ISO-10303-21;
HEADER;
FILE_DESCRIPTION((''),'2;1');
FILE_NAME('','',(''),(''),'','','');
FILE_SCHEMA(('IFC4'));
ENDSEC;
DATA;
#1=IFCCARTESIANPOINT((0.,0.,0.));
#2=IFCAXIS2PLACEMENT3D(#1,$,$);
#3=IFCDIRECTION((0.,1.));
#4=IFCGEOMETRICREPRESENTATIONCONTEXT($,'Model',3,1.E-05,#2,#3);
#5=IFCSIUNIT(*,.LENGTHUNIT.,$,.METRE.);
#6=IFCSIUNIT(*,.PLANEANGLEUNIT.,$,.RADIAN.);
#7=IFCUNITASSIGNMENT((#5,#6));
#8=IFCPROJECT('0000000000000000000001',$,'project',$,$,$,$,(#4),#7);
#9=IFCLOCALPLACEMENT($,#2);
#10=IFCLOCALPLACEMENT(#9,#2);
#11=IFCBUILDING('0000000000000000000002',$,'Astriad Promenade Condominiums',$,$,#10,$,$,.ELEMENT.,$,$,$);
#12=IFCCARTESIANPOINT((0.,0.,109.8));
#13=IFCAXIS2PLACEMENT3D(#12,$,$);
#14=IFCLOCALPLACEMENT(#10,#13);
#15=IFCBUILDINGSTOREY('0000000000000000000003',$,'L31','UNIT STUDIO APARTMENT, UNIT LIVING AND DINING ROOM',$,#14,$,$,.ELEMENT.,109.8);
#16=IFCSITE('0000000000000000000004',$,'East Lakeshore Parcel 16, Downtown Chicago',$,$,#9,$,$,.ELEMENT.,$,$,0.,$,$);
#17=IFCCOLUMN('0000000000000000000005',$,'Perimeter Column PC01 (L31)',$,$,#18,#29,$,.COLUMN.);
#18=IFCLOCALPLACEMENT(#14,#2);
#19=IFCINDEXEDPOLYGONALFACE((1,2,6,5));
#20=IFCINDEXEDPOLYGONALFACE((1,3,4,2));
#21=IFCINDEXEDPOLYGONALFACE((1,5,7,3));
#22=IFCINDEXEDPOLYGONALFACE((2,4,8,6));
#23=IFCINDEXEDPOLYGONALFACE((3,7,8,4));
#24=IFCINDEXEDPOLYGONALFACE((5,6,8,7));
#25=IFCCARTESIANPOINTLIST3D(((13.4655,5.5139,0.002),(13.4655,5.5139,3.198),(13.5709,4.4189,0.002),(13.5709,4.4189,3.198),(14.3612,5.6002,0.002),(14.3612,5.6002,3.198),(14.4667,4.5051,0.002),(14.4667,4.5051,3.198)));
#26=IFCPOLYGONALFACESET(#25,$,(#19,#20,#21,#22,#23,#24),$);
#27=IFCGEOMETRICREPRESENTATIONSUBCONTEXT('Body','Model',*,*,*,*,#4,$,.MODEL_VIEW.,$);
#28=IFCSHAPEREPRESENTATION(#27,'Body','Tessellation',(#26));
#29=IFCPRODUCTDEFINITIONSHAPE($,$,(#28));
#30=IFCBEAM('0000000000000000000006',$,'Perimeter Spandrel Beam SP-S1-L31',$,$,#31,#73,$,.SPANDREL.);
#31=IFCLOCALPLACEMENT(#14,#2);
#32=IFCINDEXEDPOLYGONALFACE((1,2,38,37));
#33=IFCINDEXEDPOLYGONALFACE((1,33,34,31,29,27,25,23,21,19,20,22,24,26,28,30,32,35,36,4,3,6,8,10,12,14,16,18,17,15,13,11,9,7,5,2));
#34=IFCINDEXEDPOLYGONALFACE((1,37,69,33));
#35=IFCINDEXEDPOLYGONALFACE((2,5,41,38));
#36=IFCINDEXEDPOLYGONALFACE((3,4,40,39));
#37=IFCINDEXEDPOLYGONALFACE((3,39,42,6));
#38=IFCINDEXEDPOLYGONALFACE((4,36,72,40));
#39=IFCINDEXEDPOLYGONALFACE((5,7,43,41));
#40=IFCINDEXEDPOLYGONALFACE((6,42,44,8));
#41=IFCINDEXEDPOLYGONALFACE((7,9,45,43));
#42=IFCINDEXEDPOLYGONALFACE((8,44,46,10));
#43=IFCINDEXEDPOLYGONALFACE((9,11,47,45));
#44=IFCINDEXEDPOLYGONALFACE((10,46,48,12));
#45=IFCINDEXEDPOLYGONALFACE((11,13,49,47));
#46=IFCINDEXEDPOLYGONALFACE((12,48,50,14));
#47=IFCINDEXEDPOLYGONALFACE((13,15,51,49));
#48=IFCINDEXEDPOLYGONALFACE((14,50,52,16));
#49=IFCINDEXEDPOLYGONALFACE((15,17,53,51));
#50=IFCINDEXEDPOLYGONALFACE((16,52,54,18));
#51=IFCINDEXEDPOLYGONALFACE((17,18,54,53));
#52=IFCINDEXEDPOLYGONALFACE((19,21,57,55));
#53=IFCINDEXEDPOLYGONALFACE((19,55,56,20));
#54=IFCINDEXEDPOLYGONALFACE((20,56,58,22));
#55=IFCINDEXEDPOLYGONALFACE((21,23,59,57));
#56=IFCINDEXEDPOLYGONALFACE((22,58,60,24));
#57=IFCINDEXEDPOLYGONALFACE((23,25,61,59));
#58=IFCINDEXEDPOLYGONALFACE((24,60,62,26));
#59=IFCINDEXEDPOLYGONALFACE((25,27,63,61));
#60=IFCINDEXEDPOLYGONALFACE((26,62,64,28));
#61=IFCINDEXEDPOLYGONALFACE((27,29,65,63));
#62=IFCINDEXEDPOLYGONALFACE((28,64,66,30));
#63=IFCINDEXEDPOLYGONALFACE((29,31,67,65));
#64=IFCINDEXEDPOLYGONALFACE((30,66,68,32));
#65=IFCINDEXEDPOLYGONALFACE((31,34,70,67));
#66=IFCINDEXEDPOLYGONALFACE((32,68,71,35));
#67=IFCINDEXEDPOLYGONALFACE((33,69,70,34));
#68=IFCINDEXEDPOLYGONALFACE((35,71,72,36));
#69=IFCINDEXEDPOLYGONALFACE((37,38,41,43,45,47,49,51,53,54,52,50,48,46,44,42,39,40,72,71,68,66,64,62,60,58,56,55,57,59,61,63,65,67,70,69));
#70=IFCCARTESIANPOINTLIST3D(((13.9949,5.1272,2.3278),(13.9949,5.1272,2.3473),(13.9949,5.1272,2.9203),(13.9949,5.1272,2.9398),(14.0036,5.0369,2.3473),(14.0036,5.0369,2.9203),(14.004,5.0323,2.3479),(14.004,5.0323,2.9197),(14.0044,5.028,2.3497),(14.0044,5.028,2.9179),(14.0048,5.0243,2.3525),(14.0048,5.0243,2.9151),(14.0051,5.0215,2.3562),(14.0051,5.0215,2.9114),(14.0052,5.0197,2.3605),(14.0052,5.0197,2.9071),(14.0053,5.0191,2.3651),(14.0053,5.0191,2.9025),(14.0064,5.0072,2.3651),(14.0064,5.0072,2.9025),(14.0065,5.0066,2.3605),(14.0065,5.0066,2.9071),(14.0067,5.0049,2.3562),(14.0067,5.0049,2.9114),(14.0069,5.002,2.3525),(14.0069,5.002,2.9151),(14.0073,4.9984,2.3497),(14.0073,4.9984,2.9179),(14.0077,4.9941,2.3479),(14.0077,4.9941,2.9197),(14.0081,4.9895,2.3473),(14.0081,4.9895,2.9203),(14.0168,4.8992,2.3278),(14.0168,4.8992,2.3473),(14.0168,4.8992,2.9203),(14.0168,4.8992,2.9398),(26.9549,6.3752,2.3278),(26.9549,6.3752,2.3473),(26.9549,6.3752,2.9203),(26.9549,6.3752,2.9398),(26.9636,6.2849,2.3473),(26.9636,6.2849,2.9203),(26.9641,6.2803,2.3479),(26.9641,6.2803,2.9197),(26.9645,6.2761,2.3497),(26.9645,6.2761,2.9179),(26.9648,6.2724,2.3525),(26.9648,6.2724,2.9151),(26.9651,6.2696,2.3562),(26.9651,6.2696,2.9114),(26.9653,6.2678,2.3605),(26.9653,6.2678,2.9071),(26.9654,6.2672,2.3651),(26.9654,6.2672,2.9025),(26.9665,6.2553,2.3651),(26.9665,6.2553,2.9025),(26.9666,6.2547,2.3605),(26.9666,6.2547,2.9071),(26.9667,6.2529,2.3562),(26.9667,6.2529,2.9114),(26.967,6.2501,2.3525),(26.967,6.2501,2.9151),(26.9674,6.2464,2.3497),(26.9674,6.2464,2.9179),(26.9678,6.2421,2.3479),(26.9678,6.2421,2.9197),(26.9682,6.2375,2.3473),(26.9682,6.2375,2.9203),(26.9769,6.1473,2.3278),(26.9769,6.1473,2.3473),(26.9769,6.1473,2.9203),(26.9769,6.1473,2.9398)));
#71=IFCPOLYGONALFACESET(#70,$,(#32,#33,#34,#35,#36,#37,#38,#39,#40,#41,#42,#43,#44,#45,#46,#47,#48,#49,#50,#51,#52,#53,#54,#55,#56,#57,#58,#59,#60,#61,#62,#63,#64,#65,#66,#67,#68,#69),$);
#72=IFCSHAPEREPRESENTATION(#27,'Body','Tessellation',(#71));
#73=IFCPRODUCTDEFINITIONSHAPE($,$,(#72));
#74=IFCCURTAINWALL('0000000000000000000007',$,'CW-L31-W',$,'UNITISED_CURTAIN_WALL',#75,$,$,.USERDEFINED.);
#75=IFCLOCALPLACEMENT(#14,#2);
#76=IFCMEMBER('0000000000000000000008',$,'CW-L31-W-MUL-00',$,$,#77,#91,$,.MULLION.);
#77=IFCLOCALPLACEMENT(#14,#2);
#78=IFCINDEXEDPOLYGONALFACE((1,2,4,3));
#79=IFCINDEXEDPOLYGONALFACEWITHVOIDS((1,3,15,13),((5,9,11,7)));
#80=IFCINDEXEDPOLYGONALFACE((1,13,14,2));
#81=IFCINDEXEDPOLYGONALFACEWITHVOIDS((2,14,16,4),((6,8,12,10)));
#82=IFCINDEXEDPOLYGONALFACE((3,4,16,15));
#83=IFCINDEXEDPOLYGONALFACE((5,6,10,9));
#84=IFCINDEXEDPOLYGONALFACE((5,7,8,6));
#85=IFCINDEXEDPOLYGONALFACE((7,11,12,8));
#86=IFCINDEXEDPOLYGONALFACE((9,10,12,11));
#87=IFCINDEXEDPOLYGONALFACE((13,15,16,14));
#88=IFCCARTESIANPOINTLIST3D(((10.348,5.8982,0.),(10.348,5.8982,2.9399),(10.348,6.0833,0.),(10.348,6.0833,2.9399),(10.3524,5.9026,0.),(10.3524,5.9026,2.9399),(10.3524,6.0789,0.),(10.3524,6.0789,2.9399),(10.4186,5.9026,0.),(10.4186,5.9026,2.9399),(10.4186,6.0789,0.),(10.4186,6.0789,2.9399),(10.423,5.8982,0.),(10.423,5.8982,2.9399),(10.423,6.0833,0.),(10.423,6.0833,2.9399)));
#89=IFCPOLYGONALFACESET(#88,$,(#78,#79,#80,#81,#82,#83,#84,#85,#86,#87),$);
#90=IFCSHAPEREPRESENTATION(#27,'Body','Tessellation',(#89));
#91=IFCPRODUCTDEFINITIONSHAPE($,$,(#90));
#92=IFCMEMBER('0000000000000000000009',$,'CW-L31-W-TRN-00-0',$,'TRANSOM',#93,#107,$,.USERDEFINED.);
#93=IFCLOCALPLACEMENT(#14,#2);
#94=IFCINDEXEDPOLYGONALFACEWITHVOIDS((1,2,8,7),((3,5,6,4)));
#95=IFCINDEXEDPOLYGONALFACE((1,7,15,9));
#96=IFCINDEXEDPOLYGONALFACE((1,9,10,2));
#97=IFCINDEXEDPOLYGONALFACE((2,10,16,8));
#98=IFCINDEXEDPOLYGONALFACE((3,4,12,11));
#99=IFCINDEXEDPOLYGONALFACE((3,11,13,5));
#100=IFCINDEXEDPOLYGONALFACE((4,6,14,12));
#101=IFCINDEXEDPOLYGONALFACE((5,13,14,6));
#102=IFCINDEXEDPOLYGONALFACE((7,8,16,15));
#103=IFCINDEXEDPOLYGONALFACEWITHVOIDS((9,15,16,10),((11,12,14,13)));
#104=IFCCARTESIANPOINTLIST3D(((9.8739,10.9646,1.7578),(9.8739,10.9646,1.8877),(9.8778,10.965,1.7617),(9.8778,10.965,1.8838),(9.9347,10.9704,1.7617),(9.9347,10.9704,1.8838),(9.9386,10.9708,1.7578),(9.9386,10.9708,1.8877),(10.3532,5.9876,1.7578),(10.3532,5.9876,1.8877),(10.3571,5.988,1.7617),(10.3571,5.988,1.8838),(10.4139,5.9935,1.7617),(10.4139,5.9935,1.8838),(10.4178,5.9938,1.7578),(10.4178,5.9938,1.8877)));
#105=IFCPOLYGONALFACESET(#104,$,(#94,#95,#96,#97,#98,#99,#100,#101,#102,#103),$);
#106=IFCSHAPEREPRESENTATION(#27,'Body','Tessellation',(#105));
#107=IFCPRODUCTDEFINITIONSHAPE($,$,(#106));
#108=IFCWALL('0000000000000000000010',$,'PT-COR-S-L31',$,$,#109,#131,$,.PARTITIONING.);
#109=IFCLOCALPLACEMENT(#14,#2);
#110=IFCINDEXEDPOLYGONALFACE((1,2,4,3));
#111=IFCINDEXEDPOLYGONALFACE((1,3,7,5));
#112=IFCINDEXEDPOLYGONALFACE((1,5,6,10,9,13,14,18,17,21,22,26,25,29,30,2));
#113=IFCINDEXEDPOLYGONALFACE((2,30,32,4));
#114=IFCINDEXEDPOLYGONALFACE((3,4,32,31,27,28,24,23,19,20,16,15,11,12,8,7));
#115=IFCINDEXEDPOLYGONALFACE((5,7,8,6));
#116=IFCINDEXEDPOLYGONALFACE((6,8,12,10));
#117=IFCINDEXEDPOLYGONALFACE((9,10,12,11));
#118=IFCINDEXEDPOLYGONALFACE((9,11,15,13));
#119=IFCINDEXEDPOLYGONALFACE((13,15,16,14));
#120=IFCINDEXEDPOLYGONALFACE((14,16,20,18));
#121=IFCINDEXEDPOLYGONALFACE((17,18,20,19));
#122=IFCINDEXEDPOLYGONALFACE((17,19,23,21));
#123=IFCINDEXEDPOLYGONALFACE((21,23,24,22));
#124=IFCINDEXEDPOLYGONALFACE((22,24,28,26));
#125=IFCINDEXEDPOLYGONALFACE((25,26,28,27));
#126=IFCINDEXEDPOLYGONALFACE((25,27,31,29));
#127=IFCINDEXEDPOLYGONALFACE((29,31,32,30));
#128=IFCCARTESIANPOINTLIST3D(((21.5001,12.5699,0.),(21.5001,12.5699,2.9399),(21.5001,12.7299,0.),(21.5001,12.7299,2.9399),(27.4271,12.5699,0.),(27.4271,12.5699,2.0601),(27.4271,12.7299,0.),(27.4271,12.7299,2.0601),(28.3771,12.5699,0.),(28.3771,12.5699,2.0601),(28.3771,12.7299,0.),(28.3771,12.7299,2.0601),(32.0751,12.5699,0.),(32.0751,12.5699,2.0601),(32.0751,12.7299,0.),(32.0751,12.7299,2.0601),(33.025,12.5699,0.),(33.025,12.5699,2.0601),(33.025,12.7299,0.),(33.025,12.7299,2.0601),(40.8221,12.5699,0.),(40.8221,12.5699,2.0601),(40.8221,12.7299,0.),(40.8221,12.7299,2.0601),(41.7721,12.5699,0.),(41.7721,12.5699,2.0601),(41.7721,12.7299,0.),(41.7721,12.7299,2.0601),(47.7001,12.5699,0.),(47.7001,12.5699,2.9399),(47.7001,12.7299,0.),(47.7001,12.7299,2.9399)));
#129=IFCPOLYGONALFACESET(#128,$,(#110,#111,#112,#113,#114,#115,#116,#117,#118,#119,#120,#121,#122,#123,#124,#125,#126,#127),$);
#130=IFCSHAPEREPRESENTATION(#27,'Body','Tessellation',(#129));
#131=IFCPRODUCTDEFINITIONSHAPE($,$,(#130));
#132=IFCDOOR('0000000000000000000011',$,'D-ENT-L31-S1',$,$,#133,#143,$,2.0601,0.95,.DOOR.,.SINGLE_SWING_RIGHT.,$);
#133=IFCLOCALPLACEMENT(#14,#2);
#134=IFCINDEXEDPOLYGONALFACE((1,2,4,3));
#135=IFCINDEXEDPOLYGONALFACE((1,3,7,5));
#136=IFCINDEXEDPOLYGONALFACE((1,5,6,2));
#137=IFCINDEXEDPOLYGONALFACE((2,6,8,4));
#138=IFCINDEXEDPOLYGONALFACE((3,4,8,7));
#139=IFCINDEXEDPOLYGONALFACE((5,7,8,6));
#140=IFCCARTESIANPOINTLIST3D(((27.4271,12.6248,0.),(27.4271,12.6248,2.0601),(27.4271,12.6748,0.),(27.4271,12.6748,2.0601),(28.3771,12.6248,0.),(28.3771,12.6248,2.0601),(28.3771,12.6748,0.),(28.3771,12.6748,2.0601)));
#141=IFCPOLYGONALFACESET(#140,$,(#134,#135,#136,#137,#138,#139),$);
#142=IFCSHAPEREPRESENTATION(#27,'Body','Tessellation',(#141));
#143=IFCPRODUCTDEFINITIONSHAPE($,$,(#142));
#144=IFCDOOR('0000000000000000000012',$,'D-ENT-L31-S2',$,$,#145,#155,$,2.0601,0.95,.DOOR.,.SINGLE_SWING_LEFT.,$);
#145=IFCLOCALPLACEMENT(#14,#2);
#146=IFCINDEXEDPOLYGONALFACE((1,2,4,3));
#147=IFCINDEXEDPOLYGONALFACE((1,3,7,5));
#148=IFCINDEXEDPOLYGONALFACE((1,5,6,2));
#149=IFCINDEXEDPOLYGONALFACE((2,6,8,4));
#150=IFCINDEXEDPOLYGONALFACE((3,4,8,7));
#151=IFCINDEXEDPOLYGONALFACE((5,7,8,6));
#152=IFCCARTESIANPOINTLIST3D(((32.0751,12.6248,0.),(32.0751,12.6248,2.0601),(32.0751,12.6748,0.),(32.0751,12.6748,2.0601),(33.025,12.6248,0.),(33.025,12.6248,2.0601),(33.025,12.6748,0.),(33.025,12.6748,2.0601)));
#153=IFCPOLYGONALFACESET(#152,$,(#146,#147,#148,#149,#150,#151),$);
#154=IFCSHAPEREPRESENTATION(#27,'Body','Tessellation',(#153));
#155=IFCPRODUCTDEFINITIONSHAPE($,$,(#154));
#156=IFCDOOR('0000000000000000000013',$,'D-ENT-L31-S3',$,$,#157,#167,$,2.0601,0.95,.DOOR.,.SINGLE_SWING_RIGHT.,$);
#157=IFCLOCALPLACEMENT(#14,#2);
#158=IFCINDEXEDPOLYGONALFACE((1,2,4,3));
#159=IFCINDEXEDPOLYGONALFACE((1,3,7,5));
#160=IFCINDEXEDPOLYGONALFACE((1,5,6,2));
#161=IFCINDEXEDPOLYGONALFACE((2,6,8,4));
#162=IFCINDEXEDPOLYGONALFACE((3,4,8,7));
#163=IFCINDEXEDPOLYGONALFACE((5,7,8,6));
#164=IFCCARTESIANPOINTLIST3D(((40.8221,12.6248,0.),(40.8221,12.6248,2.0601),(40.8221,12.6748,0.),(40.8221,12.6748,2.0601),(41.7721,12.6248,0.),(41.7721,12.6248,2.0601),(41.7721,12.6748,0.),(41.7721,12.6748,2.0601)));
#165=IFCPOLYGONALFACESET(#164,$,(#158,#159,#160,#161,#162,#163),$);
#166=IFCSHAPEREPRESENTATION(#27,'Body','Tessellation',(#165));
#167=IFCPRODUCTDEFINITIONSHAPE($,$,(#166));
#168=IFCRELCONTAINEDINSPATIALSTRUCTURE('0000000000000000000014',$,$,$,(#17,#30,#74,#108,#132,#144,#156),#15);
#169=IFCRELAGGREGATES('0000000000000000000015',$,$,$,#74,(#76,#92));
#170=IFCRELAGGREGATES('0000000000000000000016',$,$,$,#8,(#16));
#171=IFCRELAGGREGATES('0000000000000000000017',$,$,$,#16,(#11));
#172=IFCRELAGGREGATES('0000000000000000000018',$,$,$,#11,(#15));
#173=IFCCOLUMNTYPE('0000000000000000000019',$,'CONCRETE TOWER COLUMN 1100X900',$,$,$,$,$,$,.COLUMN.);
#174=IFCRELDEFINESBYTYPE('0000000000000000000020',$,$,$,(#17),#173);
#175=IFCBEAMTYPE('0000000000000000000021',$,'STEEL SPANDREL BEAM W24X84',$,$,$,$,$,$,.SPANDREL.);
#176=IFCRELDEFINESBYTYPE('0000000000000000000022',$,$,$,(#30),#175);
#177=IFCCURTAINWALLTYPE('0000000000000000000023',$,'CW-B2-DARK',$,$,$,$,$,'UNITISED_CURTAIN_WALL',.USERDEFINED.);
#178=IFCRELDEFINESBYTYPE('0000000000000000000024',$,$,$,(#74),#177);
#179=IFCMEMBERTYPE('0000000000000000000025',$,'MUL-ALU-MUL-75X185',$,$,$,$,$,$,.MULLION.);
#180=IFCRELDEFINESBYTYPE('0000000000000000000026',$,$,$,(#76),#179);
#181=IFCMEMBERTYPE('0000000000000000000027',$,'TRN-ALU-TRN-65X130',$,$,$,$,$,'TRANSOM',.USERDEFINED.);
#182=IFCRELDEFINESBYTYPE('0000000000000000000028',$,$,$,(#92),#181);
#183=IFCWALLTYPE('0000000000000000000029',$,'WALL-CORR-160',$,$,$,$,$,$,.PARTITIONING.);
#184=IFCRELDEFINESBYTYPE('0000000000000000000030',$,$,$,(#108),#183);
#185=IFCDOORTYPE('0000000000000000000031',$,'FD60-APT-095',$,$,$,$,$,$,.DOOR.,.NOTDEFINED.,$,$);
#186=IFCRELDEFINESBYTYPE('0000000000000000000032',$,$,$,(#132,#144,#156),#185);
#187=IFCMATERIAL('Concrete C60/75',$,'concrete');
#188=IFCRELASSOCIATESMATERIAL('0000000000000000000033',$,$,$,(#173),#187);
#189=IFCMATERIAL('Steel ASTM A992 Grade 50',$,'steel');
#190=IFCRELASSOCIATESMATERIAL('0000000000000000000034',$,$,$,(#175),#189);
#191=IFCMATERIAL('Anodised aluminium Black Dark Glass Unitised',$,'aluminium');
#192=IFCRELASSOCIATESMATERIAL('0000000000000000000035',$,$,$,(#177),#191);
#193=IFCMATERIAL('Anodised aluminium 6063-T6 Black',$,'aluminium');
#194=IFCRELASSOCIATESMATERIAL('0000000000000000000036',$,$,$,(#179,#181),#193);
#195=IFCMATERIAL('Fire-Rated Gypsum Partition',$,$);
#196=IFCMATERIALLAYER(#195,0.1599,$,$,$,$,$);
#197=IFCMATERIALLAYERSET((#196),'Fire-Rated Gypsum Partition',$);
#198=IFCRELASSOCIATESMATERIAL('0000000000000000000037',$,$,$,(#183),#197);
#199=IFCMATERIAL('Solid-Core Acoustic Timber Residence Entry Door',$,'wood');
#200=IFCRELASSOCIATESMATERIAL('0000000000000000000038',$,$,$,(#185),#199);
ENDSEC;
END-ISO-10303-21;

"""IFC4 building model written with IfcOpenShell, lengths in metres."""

from ifc_helpers import new_model, si_unit, direction, frame, frame_2d, origin, origin_2d, place, context, subcontext, project, spatial, rectangle, hollow_rectangle, i_section, extrude, source, transform, mapped, material, layer, layer_set, material_profile, profile_set, type_object, type_shapes, element, fill, aggregate, save


model = new_model("IFC4")

# Units and contexts
model_context = context("Model", 3, precision=1e-05, world=origin(), true_north=direction((0.0, 1.0)))
body_context = subcontext(model_context, "Body", "Model", "MODEL_VIEW")
ifc_project = project(units=[si_unit("LENGTHUNIT", "METRE"), si_unit("PLANEANGLEUNIT", "RADIAN")], contexts=[model_context])

# Site, building, storey
site_placement = place(None, origin())
site = spatial("IfcSite", under=ifc_project, at=site_placement, Name="East Lakeshore Parcel 16, Downtown Chicago", CompositionType="ELEMENT", RefElevation=0.0)
building_placement = place(site_placement, origin())
building = spatial("IfcBuilding", under=site, at=building_placement, Name="Astriad Promenade Condominiums", CompositionType="ELEMENT")
storey_placement = place(building_placement, frame((0.0, 0.0, 109.8)))
storey = spatial("IfcBuildingStorey", under=building, at=storey_placement, Name="L31", Description="UNIT STUDIO APARTMENT, UNIT LIVING AND DINING ROOM", CompositionType="ELEMENT", Elevation=109.8)

# Column
ifc_material_1 = material(Name="Concrete C60/75", Category="concrete")
ifc_material_profile_1 = material_profile(ifc_material_1, rectangle(XDim=0.8999, YDim=1.1001, at=origin_2d()), Name="RC-COL-1100X900")
ifc_profile_set_1 = profile_set([ifc_material_profile_1], Name="Concrete C60/75")
column_type = type_object("IfcColumnType", Name="CONCRETE TOWER COLUMN 1100X900", PredefinedType="COLUMN", material=ifc_profile_set_1)
shared_shape_1 = source(origin(), body_context, "Body", "SweptSolid", [
    extrude(rectangle(XDim=0.8999, YDim=1.1001, at=origin_2d()), origin(), (0.0, 0.0, 1.0), 3.196),
])
type_shapes(column_type, [shared_shape_1])
column_placement = place(storey_placement, frame((13.9661, 5.0095, 0.002), z_axis=(0.0, 0.0, 1.0), x_axis=(0.995396, 0.095846, 0.0)))
element("IfcColumn", 1, at=column_placement, inside=storey, type_object=column_type, Name="Perimeter Column PC01 (L31)", PredefinedType="COLUMN", context=body_context, shape_type="MappedRepresentation", body=[
    mapped(shared_shape_1, transform((0.0, 0.0, 0.0), scale=1.0)),
])

# Beam
ifc_material_2 = material(Name="Steel ASTM A992 Grade 50", Category="steel")
ifc_material_profile_2 = material_profile(ifc_material_2, i_section(OverallWidth=0.229, OverallDepth=0.6121, WebThickness=0.012, FlangeThickness=0.0195, FilletRadius=0.0178, at=origin_2d()), Name="W24X84")
ifc_profile_set_2 = profile_set([ifc_material_profile_2], Name="Steel ASTM A992 Grade 50")
beam_type = type_object("IfcBeamType", Name="STEEL SPANDREL BEAM W24X84", PredefinedType="SPANDREL", material=ifc_profile_set_2)
shared_shape_2 = source(origin(), body_context, "Body", "SweptSolid", [
    extrude(i_section(OverallWidth=0.229, OverallDepth=0.6121, WebThickness=0.012, FlangeThickness=0.0195, FilletRadius=0.0178, at=origin_2d()), origin(), (0.0, 0.0, 1.0), 13.02),
])
type_shapes(beam_type, [shared_shape_2])
beam_placement = place(storey_placement, frame((14.0059, 5.0132, 2.6338), z_axis=(0.995395, 0.095857, 0.0), x_axis=(-0.095857, 0.995395, 0.0)))
element("IfcBeam", 2, at=beam_placement, inside=storey, type_object=beam_type, Name="Perimeter Spandrel Beam SP-S1-L31", PredefinedType="SPANDREL", context=body_context, shape_type="MappedRepresentation", body=[
    mapped(shared_shape_2, transform((0.0, 0.0, 0.0), scale=1.0)),
])

# Curtain wall, members
ifc_material_3 = material(Name="Anodised aluminium Black Dark Glass Unitised", Category="aluminium")
curtain_wall_type = type_object("IfcCurtainWallType", Name="CW-B2-DARK", ElementType="UNITISED_CURTAIN_WALL", PredefinedType="USERDEFINED", material=ifc_material_3)
curtain_wall_placement = place(storey_placement, origin())
curtain_wall = element("IfcCurtainWall", 3, at=curtain_wall_placement, inside=storey, type_object=curtain_wall_type, Name="CW-L31-W", ObjectType="UNITISED_CURTAIN_WALL", PredefinedType="USERDEFINED")
ifc_material_4 = material(Name="Anodised aluminium 6063-T6 Black", Category="aluminium")
ifc_material_profile_3 = material_profile(ifc_material_4, hollow_rectangle(XDim=0.075, YDim=0.1851, WallThickness=0.0044, at=origin_2d()), Name="ALU-MUL-75X185")
ifc_profile_set_3 = profile_set([ifc_material_profile_3], Name="Anodised aluminium 6063-T6 Black")
member_type_1 = type_object("IfcMemberType", Name="MUL-ALU-MUL-75X185", PredefinedType="MULLION", material=ifc_profile_set_3)
shared_shape_3 = source(origin(), body_context, "Body", "SweptSolid", [
    extrude(hollow_rectangle(XDim=0.075, YDim=0.1851, WallThickness=0.0044, at=origin_2d()), origin(), (0.0, 0.0, 1.0), 2.9399),
])
type_shapes(member_type_1, [shared_shape_3])
member_1_placement = place(storey_placement, frame((10.3855, 5.9907, 0.0), z_axis=(0.0, 0.0, 1.0), x_axis=(1.0, 0.0, 0.0)))
member_1 = element("IfcMember", 4, at=member_1_placement, type_object=member_type_1, Name="CW-L31-W-MUL-00", PredefinedType="MULLION", context=body_context, shape_type="MappedRepresentation", body=[
    mapped(shared_shape_3, transform((0.0, 0.0, 0.0), scale=1.0)),
])
ifc_material_profile_4 = material_profile(ifc_material_4, hollow_rectangle(XDim=0.0649, YDim=0.1299, WallThickness=0.0039, at=origin_2d()), Name="ALU-TRN-65X130")
ifc_profile_set_4 = profile_set([ifc_material_profile_4], Name="Anodised aluminium 6063-T6 Black")
member_type_2 = type_object("IfcMemberType", Name="TRN-ALU-TRN-65X130", ElementType="TRANSOM", PredefinedType="USERDEFINED", material=ifc_profile_set_4)
shared_shape_4 = source(origin(), body_context, "Body", "SweptSolid", [
    extrude(hollow_rectangle(XDim=0.0649, YDim=0.1299, WallThickness=0.0039, at=origin_2d()), origin(), (0.0, 0.0, 1.0), 5.0),
])
type_shapes(member_type_2, [shared_shape_4])
member_2_placement = place(storey_placement, frame((10.3855, 5.9907, 1.8228), z_axis=(-0.095848, 0.995396, 0.0), x_axis=(-0.995396, -0.095848, 0.0)))
member_2 = element("IfcMember", 5, at=member_2_placement, type_object=member_type_2, Name="CW-L31-W-TRN-00-0", ObjectType="TRANSOM", PredefinedType="USERDEFINED", context=body_context, shape_type="MappedRepresentation", body=[
    mapped(shared_shape_4, transform((0.0, 0.0, 0.0), scale=1.0)),
])
aggregate(curtain_wall, [member_1, member_2])

# Wall, openings, doors
ifc_material_5 = material(Name="Fire-Rated Gypsum Partition")
ifc_layer_1 = layer(ifc_material_5, 0.1599)
ifc_layer_set_1 = layer_set([ifc_layer_1], Name="Fire-Rated Gypsum Partition")
wall_type_1 = type_object("IfcWallType", Name="WALL-CORR-160", PredefinedType="PARTITIONING", material=ifc_layer_set_1)
wall_1_placement = place(storey_placement, frame((21.5, 12.6499, 0.0), z_axis=(0.0, 0.0, 1.0), x_axis=(1.0, 0.0, 0.0)))
wall_1 = element("IfcWall", 6, at=wall_1_placement, inside=storey, type_object=wall_type_1, Name="PT-COR-S-L31", PredefinedType="PARTITIONING", context=body_context, shape_type="SweptSolid", body=[
    extrude(rectangle(XDim=26.2, YDim=0.1599, at=frame_2d((13.1001, 0.0))), origin(), (0.0, 0.0, 1.0), 2.9399),
])
opening_1_placement = place(wall_1_placement, frame((5.927, 0.0, 0.0)))
opening_1 = element("IfcOpeningElement", 7, at=opening_1_placement, cuts=wall_1, PredefinedType="OPENING", context=body_context, shape_type="SweptSolid", body=[
    extrude(rectangle(XDim=0.95, YDim=2.0601, at=frame_2d((0.4751, 1.03))), frame((0.0, 0.0898, 0.0), z_axis=(0.0, -1.0, 0.0), x_axis=(1.0, 0.0, 0.0)), (0.0, 0.0, 1.0), 0.1799),
])
opening_2_placement = place(wall_1_placement, frame((10.575, 0.0, 0.0)))
opening_2 = element("IfcOpeningElement", 8, at=opening_2_placement, cuts=wall_1, PredefinedType="OPENING", context=body_context, shape_type="SweptSolid", body=[
    extrude(rectangle(XDim=0.95, YDim=2.0601, at=frame_2d((0.4751, 1.03))), frame((0.0, 0.0898, 0.0), z_axis=(0.0, -1.0, 0.0), x_axis=(1.0, 0.0, 0.0)), (0.0, 0.0, 1.0), 0.1799),
])
opening_3_placement = place(wall_1_placement, frame((19.322, 0.0, 0.0)))
opening_3 = element("IfcOpeningElement", 9, at=opening_3_placement, cuts=wall_1, PredefinedType="OPENING", context=body_context, shape_type="SweptSolid", body=[
    extrude(rectangle(XDim=0.95, YDim=2.0601, at=frame_2d((0.4751, 1.03))), frame((0.0, 0.0898, 0.0), z_axis=(0.0, -1.0, 0.0), x_axis=(1.0, 0.0, 0.0)), (0.0, 0.0, 1.0), 0.1799),
])
ifc_material_6 = material(Name="Solid-Core Acoustic Timber Residence Entry Door", Category="wood")
door_type_1 = type_object("IfcDoorType", Name="FD60-APT-095", OperationType="NOTDEFINED", PredefinedType="DOOR", material=ifc_material_6)
shared_shape_5 = source(origin(), body_context, "Body", "SweptSolid", [
    extrude(rectangle(XDim=0.95, YDim=2.0601, at=frame_2d((0.4751, 1.03))), frame((0.0, 0.0249, 0.0), z_axis=(0.0, -1.0, 0.0), x_axis=(1.0, 0.0, 0.0)), (0.0, 0.0, 1.0), 0.05),
])
type_shapes(door_type_1, [shared_shape_5])
door_1_placement = place(opening_1_placement, origin())
door_1 = element("IfcDoor", 10, at=door_1_placement, inside=storey, type_object=door_type_1, Name="D-ENT-L31-S1", OperationType="SINGLE_SWING_RIGHT", OverallHeight=2.0601, OverallWidth=0.95, PredefinedType="DOOR", context=body_context, shape_type="MappedRepresentation", body=[
    mapped(shared_shape_5, transform((0.0, 0.0, 0.0), scale=1.0)),
])
fill(opening_1, door_1)
door_2_placement = place(opening_2_placement, origin())
door_2 = element("IfcDoor", 11, at=door_2_placement, inside=storey, type_object=door_type_1, Name="D-ENT-L31-S2", OperationType="SINGLE_SWING_LEFT", OverallHeight=2.0601, OverallWidth=0.95, PredefinedType="DOOR", context=body_context, shape_type="MappedRepresentation", body=[
    mapped(shared_shape_5, transform((0.0, 0.0, 0.0), scale=1.0)),
])
fill(opening_2, door_2)
door_3_placement = place(opening_3_placement, origin())
door_3 = element("IfcDoor", 12, at=door_3_placement, inside=storey, type_object=door_type_1, Name="D-ENT-L31-S3", OperationType="SINGLE_SWING_RIGHT", OverallHeight=2.0601, OverallWidth=0.95, PredefinedType="DOOR", context=body_context, shape_type="MappedRepresentation", body=[
    mapped(shared_shape_5, transform((0.0, 0.0, 0.0), scale=1.0)),
])
fill(opening_3, door_3)

save(model, "model.ifc")
